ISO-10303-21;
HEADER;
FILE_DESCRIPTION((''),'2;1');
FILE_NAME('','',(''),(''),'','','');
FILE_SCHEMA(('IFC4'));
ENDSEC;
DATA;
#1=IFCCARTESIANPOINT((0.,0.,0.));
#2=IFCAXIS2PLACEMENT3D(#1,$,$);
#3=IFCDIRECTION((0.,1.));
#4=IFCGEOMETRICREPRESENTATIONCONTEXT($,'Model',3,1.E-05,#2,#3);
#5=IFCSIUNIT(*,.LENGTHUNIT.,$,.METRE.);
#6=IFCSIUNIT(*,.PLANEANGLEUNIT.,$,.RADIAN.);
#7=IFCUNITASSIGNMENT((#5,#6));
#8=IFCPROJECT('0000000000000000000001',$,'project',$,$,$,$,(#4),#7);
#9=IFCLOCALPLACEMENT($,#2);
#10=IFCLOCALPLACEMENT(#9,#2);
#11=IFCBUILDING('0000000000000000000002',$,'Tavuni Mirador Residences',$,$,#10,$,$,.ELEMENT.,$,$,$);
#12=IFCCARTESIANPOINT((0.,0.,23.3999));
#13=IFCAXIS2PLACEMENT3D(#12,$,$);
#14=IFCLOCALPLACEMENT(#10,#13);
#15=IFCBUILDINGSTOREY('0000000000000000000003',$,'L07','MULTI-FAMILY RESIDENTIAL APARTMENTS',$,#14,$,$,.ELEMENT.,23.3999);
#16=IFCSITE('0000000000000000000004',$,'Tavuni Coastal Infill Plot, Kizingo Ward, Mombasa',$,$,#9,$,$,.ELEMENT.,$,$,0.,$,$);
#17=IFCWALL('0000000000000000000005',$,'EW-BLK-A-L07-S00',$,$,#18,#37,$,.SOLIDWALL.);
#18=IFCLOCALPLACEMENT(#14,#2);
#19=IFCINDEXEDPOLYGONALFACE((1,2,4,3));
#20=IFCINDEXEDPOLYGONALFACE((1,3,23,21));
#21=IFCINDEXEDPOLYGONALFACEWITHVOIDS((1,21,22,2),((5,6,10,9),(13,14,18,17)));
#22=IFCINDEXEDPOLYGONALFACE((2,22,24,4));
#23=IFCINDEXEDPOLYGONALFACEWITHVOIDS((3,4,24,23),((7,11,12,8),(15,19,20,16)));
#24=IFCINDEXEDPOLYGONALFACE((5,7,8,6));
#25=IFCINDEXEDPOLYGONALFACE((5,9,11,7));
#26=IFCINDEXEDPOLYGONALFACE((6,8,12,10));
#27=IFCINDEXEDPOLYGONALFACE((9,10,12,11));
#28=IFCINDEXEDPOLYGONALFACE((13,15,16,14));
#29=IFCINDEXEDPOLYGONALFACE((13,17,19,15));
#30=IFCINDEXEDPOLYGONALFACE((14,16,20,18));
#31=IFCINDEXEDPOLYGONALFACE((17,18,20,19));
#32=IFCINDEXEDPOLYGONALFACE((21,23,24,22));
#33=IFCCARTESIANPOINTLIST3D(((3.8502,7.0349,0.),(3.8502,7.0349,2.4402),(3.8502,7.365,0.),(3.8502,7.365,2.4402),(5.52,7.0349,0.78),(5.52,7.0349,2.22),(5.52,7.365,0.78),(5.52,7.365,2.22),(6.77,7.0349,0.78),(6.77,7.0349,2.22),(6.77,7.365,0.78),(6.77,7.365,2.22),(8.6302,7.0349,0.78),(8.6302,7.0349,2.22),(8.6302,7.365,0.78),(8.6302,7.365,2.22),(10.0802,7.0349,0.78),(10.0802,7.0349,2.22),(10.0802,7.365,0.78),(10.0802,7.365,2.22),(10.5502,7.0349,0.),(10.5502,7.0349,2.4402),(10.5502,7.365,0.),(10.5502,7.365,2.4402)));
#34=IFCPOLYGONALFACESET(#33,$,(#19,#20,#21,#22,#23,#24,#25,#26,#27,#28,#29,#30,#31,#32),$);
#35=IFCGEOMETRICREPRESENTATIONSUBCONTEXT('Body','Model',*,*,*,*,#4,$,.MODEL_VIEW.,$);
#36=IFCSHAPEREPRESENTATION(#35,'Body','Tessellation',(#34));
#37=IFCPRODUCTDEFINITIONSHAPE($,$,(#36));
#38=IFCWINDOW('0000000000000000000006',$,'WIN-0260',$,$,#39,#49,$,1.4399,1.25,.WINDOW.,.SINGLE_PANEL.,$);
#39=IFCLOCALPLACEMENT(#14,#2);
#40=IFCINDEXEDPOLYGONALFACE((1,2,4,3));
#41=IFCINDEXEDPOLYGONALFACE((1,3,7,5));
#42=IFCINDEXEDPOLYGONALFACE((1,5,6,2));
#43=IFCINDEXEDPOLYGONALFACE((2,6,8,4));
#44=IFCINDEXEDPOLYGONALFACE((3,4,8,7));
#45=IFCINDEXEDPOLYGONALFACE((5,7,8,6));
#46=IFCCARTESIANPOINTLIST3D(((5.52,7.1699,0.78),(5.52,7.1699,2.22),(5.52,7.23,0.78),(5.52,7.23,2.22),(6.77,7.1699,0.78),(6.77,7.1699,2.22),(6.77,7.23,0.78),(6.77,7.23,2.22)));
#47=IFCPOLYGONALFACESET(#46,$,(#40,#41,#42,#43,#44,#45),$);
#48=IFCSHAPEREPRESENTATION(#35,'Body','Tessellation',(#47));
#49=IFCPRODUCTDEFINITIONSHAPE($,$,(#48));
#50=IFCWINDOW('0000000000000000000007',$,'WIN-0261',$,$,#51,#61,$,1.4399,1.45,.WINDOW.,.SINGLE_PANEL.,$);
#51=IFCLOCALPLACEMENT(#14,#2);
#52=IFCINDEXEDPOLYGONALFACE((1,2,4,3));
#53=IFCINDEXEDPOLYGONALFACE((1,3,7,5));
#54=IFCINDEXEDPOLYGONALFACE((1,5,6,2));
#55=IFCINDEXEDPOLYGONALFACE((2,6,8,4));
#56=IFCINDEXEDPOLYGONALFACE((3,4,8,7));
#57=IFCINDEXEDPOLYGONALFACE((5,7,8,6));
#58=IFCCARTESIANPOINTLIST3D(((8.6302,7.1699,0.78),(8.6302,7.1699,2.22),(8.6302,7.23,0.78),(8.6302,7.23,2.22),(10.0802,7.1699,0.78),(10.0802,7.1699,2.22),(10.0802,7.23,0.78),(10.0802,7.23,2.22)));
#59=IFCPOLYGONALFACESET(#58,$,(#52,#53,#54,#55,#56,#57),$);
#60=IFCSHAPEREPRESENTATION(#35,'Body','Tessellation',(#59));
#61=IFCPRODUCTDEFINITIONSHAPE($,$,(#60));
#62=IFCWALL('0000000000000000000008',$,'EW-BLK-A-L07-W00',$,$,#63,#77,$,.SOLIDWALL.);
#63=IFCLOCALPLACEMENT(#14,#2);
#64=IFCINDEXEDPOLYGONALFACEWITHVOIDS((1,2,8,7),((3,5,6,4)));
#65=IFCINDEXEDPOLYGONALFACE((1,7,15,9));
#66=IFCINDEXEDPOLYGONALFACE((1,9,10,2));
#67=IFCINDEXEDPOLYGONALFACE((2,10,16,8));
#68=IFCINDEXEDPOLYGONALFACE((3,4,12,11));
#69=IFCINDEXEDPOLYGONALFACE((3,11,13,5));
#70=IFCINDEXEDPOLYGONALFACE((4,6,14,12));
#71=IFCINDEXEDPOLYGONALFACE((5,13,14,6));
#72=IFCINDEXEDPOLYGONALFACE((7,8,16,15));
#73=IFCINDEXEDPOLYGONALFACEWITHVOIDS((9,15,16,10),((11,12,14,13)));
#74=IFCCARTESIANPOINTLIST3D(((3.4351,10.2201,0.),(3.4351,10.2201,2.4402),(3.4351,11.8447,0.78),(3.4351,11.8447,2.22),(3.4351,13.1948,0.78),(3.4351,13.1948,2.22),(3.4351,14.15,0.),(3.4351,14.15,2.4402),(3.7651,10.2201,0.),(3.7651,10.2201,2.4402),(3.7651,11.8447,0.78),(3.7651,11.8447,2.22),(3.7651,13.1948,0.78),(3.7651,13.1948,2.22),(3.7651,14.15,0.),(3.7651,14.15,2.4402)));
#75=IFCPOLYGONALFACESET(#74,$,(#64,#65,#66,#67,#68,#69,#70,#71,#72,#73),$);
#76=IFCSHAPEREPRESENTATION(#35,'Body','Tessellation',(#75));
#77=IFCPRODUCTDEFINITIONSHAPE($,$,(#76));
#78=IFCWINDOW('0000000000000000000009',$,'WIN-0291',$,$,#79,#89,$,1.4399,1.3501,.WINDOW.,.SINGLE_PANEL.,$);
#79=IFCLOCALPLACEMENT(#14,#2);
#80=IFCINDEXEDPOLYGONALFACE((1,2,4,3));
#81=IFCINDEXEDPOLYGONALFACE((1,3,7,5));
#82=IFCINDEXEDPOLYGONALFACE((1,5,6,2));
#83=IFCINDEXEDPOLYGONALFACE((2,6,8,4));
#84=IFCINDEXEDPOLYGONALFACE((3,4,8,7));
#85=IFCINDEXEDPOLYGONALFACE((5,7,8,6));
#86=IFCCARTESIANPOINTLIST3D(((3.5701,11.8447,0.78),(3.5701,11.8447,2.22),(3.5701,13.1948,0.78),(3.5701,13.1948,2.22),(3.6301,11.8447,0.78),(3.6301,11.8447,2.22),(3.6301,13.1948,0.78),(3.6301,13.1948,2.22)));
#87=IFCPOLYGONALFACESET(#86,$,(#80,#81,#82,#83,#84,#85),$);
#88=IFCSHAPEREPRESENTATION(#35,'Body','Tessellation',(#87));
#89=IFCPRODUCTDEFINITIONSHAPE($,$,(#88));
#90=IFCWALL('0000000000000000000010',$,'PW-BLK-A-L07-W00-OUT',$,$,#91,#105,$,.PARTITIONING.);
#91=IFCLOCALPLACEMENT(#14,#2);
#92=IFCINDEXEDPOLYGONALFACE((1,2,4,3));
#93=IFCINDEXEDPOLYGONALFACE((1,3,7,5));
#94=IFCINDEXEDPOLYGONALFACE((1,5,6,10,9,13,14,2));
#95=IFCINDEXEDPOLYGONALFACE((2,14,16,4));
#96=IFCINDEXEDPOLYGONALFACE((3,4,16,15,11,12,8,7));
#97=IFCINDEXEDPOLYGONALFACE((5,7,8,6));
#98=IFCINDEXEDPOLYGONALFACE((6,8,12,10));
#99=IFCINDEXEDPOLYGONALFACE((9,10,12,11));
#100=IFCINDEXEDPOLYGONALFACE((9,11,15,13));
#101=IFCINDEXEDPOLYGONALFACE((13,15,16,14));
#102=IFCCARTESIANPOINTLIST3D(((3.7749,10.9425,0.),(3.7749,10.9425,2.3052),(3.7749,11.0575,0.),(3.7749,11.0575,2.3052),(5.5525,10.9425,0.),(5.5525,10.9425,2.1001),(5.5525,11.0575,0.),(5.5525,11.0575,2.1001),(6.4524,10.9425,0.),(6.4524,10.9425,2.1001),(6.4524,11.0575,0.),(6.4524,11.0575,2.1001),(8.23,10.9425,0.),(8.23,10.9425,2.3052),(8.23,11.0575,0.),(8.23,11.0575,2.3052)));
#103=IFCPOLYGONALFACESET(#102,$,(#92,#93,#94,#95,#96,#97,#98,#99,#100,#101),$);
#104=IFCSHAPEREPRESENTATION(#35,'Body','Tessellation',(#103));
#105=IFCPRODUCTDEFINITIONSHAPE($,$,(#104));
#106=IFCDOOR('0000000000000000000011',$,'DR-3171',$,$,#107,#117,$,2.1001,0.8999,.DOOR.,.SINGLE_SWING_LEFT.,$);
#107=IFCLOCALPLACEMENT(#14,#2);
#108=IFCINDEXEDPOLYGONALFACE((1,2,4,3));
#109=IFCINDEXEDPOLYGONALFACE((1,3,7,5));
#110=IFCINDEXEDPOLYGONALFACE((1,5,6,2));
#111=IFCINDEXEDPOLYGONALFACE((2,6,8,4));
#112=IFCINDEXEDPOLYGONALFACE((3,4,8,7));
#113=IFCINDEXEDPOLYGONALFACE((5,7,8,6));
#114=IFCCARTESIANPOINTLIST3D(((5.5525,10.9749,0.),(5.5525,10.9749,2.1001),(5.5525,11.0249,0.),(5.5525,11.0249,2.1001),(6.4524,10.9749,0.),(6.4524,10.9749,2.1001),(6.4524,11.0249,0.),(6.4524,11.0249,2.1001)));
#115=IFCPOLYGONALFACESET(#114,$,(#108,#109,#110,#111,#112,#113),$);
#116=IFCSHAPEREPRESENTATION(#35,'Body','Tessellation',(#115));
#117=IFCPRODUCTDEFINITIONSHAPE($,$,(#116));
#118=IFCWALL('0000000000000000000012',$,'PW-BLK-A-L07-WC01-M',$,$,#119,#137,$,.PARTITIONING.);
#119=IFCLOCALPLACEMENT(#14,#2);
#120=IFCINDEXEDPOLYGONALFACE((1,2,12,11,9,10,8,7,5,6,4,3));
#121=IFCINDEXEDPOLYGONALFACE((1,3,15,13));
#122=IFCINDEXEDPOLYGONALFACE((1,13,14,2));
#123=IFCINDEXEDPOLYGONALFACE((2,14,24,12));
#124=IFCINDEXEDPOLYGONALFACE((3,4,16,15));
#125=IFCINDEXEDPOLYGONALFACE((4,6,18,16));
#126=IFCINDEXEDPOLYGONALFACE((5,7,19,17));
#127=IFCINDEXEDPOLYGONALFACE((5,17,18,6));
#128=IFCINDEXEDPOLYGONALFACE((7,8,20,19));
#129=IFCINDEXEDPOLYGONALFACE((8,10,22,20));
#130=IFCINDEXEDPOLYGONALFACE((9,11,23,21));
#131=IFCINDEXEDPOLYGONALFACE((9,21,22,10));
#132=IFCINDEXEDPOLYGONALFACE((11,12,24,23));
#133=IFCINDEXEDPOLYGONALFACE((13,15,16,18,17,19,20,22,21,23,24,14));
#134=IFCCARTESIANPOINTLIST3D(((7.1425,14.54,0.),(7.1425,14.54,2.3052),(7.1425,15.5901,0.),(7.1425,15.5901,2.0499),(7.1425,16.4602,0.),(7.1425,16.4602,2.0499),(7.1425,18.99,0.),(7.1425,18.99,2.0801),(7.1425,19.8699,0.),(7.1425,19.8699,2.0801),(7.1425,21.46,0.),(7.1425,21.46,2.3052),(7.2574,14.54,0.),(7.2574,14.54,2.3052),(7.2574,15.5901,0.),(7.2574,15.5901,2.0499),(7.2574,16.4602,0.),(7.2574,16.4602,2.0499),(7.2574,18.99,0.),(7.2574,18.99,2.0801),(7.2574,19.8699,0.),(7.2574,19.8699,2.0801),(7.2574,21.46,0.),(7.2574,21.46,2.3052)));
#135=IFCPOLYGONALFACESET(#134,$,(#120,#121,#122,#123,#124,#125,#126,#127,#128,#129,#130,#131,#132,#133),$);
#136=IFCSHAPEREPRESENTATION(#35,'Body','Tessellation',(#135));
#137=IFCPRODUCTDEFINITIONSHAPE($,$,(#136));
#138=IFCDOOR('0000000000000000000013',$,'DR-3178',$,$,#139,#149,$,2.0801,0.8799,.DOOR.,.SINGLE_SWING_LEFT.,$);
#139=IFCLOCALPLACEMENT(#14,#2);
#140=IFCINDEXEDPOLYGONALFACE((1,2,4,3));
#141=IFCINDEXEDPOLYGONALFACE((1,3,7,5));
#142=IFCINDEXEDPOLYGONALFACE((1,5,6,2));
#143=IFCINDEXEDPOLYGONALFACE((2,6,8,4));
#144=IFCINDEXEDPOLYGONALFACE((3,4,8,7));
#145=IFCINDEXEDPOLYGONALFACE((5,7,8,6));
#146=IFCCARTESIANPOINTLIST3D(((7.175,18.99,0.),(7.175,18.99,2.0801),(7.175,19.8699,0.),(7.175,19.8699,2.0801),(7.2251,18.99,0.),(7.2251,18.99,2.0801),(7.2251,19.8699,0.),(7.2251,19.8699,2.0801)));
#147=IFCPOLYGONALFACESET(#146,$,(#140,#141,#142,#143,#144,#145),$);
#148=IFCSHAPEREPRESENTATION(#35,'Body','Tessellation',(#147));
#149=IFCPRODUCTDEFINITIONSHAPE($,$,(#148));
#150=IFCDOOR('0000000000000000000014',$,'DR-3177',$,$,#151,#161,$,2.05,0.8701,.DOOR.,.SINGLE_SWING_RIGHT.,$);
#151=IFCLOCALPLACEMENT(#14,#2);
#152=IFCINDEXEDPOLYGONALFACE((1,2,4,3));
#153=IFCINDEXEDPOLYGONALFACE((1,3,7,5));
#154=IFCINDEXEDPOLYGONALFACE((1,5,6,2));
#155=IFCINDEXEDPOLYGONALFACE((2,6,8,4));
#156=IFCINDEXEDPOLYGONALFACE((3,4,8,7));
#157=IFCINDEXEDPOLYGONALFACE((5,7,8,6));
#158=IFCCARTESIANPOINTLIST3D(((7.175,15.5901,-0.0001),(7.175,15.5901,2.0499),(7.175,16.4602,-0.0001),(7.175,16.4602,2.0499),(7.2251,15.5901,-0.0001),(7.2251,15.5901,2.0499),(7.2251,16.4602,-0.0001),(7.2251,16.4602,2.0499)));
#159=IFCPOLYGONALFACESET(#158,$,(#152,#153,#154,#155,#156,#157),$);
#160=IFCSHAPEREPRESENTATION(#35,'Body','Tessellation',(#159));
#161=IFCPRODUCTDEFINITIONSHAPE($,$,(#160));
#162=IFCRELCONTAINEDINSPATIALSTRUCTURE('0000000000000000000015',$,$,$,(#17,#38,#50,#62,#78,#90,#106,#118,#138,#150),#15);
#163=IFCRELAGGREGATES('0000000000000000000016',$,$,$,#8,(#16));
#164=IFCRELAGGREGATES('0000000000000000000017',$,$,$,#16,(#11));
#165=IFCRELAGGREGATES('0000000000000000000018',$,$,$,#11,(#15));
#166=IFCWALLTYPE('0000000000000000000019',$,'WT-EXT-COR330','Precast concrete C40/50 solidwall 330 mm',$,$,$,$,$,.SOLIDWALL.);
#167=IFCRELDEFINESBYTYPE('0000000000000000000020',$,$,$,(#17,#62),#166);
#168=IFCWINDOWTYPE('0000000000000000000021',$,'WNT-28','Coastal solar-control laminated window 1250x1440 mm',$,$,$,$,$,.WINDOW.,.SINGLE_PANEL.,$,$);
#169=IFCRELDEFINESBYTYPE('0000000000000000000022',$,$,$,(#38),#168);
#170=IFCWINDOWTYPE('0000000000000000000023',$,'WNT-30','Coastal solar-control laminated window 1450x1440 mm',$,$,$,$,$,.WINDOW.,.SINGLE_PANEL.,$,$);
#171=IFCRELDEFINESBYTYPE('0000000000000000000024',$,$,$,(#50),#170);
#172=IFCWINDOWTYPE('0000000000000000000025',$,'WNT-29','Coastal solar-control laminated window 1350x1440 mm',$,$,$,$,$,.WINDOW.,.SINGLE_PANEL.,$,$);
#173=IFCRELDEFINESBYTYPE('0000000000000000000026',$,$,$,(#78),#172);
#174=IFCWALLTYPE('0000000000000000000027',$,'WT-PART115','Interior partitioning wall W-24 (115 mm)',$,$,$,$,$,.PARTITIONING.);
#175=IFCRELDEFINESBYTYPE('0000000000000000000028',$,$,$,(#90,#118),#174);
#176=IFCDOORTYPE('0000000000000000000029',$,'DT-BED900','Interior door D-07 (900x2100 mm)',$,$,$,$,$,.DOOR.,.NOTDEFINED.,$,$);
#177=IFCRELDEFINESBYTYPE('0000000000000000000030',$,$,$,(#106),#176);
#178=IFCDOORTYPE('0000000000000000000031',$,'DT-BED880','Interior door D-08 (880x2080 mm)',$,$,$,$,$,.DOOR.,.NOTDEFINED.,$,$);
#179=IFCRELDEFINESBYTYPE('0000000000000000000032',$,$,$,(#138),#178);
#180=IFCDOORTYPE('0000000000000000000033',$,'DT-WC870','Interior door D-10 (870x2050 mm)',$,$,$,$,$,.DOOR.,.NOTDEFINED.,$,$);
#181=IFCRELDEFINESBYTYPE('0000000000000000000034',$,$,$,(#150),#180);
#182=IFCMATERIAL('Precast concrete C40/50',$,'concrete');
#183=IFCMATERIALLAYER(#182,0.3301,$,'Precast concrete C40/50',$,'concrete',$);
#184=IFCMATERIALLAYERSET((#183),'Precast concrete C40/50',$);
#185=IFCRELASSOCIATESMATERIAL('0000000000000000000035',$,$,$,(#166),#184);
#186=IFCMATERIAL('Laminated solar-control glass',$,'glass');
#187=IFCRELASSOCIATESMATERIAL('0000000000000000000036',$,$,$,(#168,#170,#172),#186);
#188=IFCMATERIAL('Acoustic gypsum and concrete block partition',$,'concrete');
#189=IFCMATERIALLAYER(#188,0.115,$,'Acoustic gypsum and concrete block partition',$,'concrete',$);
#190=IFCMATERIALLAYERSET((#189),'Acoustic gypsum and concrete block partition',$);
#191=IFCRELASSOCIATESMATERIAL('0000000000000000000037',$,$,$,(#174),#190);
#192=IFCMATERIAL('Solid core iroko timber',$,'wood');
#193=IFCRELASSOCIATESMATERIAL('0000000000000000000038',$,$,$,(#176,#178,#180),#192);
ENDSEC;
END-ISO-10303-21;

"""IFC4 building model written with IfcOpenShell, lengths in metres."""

from ifc_helpers import new_model, si_unit, direction, frame, frame_2d, origin, place, context, subcontext, project, spatial, rectangle, extrude, material, layer, layer_set, type_object, element, fill, save


model = new_model("IFC4")

# Units and contexts
model_context = context("Model", 3, precision=1e-05, world=origin(), true_north=direction((0.0, 1.0)))
body_context = subcontext(model_context, "Body", "Model", "MODEL_VIEW")
ifc_project = project(units=[si_unit("LENGTHUNIT", "METRE"), si_unit("PLANEANGLEUNIT", "RADIAN")], contexts=[model_context])

# Site, building, storey
site_placement = place(None, origin())
site = spatial("IfcSite", under=ifc_project, at=site_placement, Name="Tavuni Coastal Infill Plot, Kizingo Ward, Mombasa", CompositionType="ELEMENT", RefElevation=0.0)
building_placement = place(site_placement, origin())
building = spatial("IfcBuilding", under=site, at=building_placement, Name="Tavuni Mirador Residences", CompositionType="ELEMENT")
storey_placement = place(building_placement, frame((0.0, 0.0, 23.3999)))
storey = spatial("IfcBuildingStorey", under=building, at=storey_placement, Name="L07", Description="MULTI-FAMILY RESIDENTIAL APARTMENTS", CompositionType="ELEMENT", Elevation=23.3999)

# Shared definitions
ifc_material_1 = material(Name="Precast concrete C40/50", Category="concrete")

# Wall, openings, windows
ifc_layer_1 = layer(ifc_material_1, 0.3301, Name="Precast concrete C40/50", Category="concrete")
ifc_layer_set_1 = layer_set([ifc_layer_1], Name="Precast concrete C40/50")
wall_type_1 = type_object("IfcWallType", Name="WT-EXT-COR330", Description="Precast concrete C40/50 solidwall 330 mm", PredefinedType="SOLIDWALL", material=ifc_layer_set_1)
wall_1_placement = place(storey_placement, frame((3.8501, 7.2, 0.0), z_axis=(0.0, 0.0, 1.0), x_axis=(1.0, 0.0, 0.0)))
wall_1 = element("IfcWall", 1, at=wall_1_placement, inside=storey, type_object=wall_type_1, Name="EW-BLK-A-L07-S00", PredefinedType="SOLIDWALL", context=body_context, shape_type="SweptSolid", body=[
    extrude(rectangle(XDim=6.7, YDim=0.3301, at=frame_2d((3.3501, 0.0))), origin(), (0.0, 0.0, 1.0), 2.4402),
])
opening_1_placement = place(wall_1_placement, frame((1.6699, 0.0, 0.78)))
opening_1 = element("IfcOpeningElement", 2, at=opening_1_placement, cuts=wall_1, PredefinedType="OPENING", context=body_context, shape_type="SweptSolid", body=[
    extrude(rectangle(XDim=1.25, YDim=1.4399, at=frame_2d((0.625, 0.72))), frame((0.0, 0.175, 0.0), z_axis=(0.0, -1.0, 0.0), x_axis=(1.0, 0.0, 0.0)), (0.0, 0.0, 1.0), 0.3501),
])
opening_2_placement = place(wall_1_placement, frame((4.78, 0.0, 0.78)))
opening_2 = element("IfcOpeningElement", 3, at=opening_2_placement, cuts=wall_1, PredefinedType="OPENING", context=body_context, shape_type="SweptSolid", body=[
    extrude(rectangle(XDim=1.45, YDim=1.4399, at=frame_2d((0.7251, 0.72))), frame((0.0, 0.175, 0.0), z_axis=(0.0, -1.0, 0.0), x_axis=(1.0, 0.0, 0.0)), (0.0, 0.0, 1.0), 0.3501),
])
ifc_material_2 = material(Name="Laminated solar-control glass", Category="glass")
window_type_1 = type_object("IfcWindowType", Name="WNT-28", Description="Coastal solar-control laminated window 1250x1440 mm", PartitioningType="SINGLE_PANEL", PredefinedType="WINDOW", material=ifc_material_2)
window_1_placement = place(opening_1_placement, origin())
window_1 = element("IfcWindow", 4, at=window_1_placement, inside=storey, type_object=window_type_1, Name="WIN-0260", OverallHeight=1.4399, OverallWidth=1.25, PartitioningType="SINGLE_PANEL", PredefinedType="WINDOW", context=body_context, shape_type="SweptSolid", body=[
    extrude(rectangle(XDim=1.25, YDim=1.4399, at=frame_2d((0.625, 0.72))), frame((0.0, 0.03, 0.0), z_axis=(0.0, -1.0, 0.0), x_axis=(1.0, 0.0, 0.0)), (0.0, 0.0, 1.0), 0.0601),
])
fill(opening_1, window_1)
window_type_2 = type_object("IfcWindowType", Name="WNT-30", Description="Coastal solar-control laminated window 1450x1440 mm", PartitioningType="SINGLE_PANEL", PredefinedType="WINDOW", material=ifc_material_2)
window_2_placement = place(opening_2_placement, origin())
window_2 = element("IfcWindow", 5, at=window_2_placement, inside=storey, type_object=window_type_2, Name="WIN-0261", OverallHeight=1.4399, OverallWidth=1.45, PartitioningType="SINGLE_PANEL", PredefinedType="WINDOW", context=body_context, shape_type="SweptSolid", body=[
    extrude(rectangle(XDim=1.45, YDim=1.4399, at=frame_2d((0.7251, 0.72))), frame((0.0, 0.03, 0.0), z_axis=(0.0, -1.0, 0.0), x_axis=(1.0, 0.0, 0.0)), (0.0, 0.0, 1.0), 0.0601),
])
fill(opening_2, window_2)

# Wall, opening, window
wall_2_placement = place(storey_placement, frame((3.6001, 14.1499, 0.0), z_axis=(0.0, 0.0, 1.0), x_axis=(0.0, -1.0, 0.0)))
wall_2 = element("IfcWall", 6, at=wall_2_placement, inside=storey, type_object=wall_type_1, Name="EW-BLK-A-L07-W00", PredefinedType="SOLIDWALL", context=body_context, shape_type="SweptSolid", body=[
    extrude(rectangle(XDim=3.9299, YDim=0.3301, at=frame_2d((1.9648, 0.0))), origin(), (0.0, 0.0, 1.0), 2.4402),
])
opening_3_placement = place(wall_2_placement, frame((0.9551, 0.0, 0.78)))
opening_3 = element("IfcOpeningElement", 7, at=opening_3_placement, cuts=wall_2, PredefinedType="OPENING", context=body_context, shape_type="SweptSolid", body=[
    extrude(rectangle(XDim=1.3501, YDim=1.4399, at=frame_2d((0.675, 0.72))), frame((0.0, 0.175, 0.0), z_axis=(0.0, -1.0, 0.0), x_axis=(1.0, 0.0, 0.0)), (0.0, 0.0, 1.0), 0.3501),
])
window_type_3 = type_object("IfcWindowType", Name="WNT-29", Description="Coastal solar-control laminated window 1350x1440 mm", PartitioningType="SINGLE_PANEL", PredefinedType="WINDOW", material=ifc_material_2)
window_3_placement = place(opening_3_placement, origin())
window_3 = element("IfcWindow", 8, at=window_3_placement, inside=storey, type_object=window_type_3, Name="WIN-0291", OverallHeight=1.4399, OverallWidth=1.3501, PartitioningType="SINGLE_PANEL", PredefinedType="WINDOW", context=body_context, shape_type="SweptSolid", body=[
    extrude(rectangle(XDim=1.3501, YDim=1.4399, at=frame_2d((0.675, 0.72))), frame((0.0, 0.03, 0.0), z_axis=(0.0, -1.0, 0.0), x_axis=(1.0, 0.0, 0.0)), (0.0, 0.0, 1.0), 0.0601),
])
fill(opening_3, window_3)

# Wall, opening, door
ifc_material_3 = material(Name="Acoustic gypsum and concrete block partition", Category="concrete")
ifc_layer_2 = layer(ifc_material_3, 0.115, Name="Acoustic gypsum and concrete block partition", Category="concrete")
ifc_layer_set_2 = layer_set([ifc_layer_2], Name="Acoustic gypsum and concrete block partition")
wall_type_2 = type_object("IfcWallType", Name="WT-PART115", Description="Interior partitioning wall W-24 (115 mm)", PredefinedType="PARTITIONING", material=ifc_layer_set_2)
wall_3_placement = place(storey_placement, frame((3.7749, 11.0, 0.0), z_axis=(0.0, 0.0, 1.0), x_axis=(1.0, 0.0, 0.0)))
wall_3 = element("IfcWall", 9, at=wall_3_placement, inside=storey, type_object=wall_type_2, Name="PW-BLK-A-L07-W00-OUT", PredefinedType="PARTITIONING", context=body_context, shape_type="SweptSolid", body=[
    extrude(rectangle(XDim=4.4551, YDim=0.115, at=frame_2d((2.2275, 0.0))), origin(), (0.0, 0.0, 1.0), 2.3052),
])
opening_4_placement = place(wall_3_placement, frame((1.7776, 0.0, 0.0)))
opening_4 = element("IfcOpeningElement", 10, at=opening_4_placement, cuts=wall_3, PredefinedType="OPENING", context=body_context, shape_type="SweptSolid", body=[
    extrude(rectangle(XDim=0.8999, YDim=2.1001, at=frame_2d((0.45, 1.05))), frame((0.0, 0.0674, 0.0), z_axis=(0.0, -1.0, 0.0), x_axis=(1.0, 0.0, 0.0)), (0.0, 0.0, 1.0), 0.135),
])
ifc_material_4 = material(Name="Solid core iroko timber", Category="wood")
door_type_1 = type_object("IfcDoorType", Name="DT-BED900", Description="Interior door D-07 (900x2100 mm)", OperationType="NOTDEFINED", PredefinedType="DOOR", material=ifc_material_4)
door_1_placement = place(opening_4_placement, origin())
door_1 = element("IfcDoor", 11, at=door_1_placement, inside=storey, type_object=door_type_1, Name="DR-3171", OperationType="SINGLE_SWING_LEFT", OverallHeight=2.1001, OverallWidth=0.8999, PredefinedType="DOOR", context=body_context, shape_type="SweptSolid", body=[
    extrude(rectangle(XDim=0.8999, YDim=2.1001, at=frame_2d((0.45, 1.05))), frame((0.0, 0.0249, 0.0), z_axis=(0.0, -1.0, 0.0), x_axis=(1.0, 0.0, 0.0)), (0.0, 0.0, 1.0), 0.05),
])
fill(opening_4, door_1)

# Wall, openings, doors
wall_4_placement = place(storey_placement, frame((7.2, 14.54, 0.0), z_axis=(0.0, 0.0, 1.0), x_axis=(0.0, 1.0, 0.0)))
wall_4 = element("IfcWall", 12, at=wall_4_placement, inside=storey, type_object=wall_type_2, Name="PW-BLK-A-L07-WC01-M", PredefinedType="PARTITIONING", context=body_context, shape_type="SweptSolid", body=[
    extrude(rectangle(XDim=6.9199, YDim=0.115, at=frame_2d((3.46, 0.0))), origin(), (0.0, 0.0, 1.0), 2.3052),
])
opening_5_placement = place(wall_4_placement, frame((1.05, 0.0, 0.0)))
opening_5 = element("IfcOpeningElement", 13, at=opening_5_placement, cuts=wall_4, PredefinedType="OPENING", context=body_context, shape_type="SweptSolid", body=[
    extrude(rectangle(XDim=0.8701, YDim=2.05, at=frame_2d((0.4351, 1.0249))), frame((0.0, 0.0674, 0.0), z_axis=(0.0, -1.0, 0.0), x_axis=(1.0, 0.0, 0.0)), (0.0, 0.0, 1.0), 0.135),
])
opening_6_placement = place(wall_4_placement, frame((4.45, 0.0, 0.0)))
opening_6 = element("IfcOpeningElement", 14, at=opening_6_placement, cuts=wall_4, PredefinedType="OPENING", context=body_context, shape_type="SweptSolid", body=[
    extrude(rectangle(XDim=0.8799, YDim=2.0801, at=frame_2d((0.4399, 1.04))), frame((0.0, 0.0674, 0.0), z_axis=(0.0, -1.0, 0.0), x_axis=(1.0, 0.0, 0.0)), (0.0, 0.0, 1.0), 0.135),
])
door_type_2 = type_object("IfcDoorType", Name="DT-BED880", Description="Interior door D-08 (880x2080 mm)", OperationType="NOTDEFINED", PredefinedType="DOOR", material=ifc_material_4)
door_2_placement = place(opening_6_placement, origin())
door_2 = element("IfcDoor", 15, at=door_2_placement, inside=storey, type_object=door_type_2, Name="DR-3178", OperationType="SINGLE_SWING_LEFT", OverallHeight=2.0801, OverallWidth=0.8799, PredefinedType="DOOR", context=body_context, shape_type="SweptSolid", body=[
    extrude(rectangle(XDim=0.8799, YDim=2.0801, at=frame_2d((0.4399, 1.04))), frame((0.0, 0.0249, 0.0), z_axis=(0.0, -1.0, 0.0), x_axis=(1.0, 0.0, 0.0)), (0.0, 0.0, 1.0), 0.05),
])
fill(opening_6, door_2)
door_type_3 = type_object("IfcDoorType", Name="DT-WC870", Description="Interior door D-10 (870x2050 mm)", OperationType="NOTDEFINED", PredefinedType="DOOR", material=ifc_material_4)
door_3_placement = place(opening_5_placement, origin())
door_3 = element("IfcDoor", 16, at=door_3_placement, inside=storey, type_object=door_type_3, Name="DR-3177", OperationType="SINGLE_SWING_RIGHT", OverallHeight=2.05, OverallWidth=0.8701, PredefinedType="DOOR", context=body_context, shape_type="SweptSolid", body=[
    extrude(rectangle(XDim=0.8701, YDim=2.05, at=frame_2d((0.4351, 1.0249))), frame((0.0, 0.0249, 0.0), z_axis=(0.0, -1.0, 0.0), x_axis=(1.0, 0.0, 0.0)), (0.0, 0.0, 1.0), 0.05),
])
fill(opening_5, door_3)

save(model, "model.ifc")
